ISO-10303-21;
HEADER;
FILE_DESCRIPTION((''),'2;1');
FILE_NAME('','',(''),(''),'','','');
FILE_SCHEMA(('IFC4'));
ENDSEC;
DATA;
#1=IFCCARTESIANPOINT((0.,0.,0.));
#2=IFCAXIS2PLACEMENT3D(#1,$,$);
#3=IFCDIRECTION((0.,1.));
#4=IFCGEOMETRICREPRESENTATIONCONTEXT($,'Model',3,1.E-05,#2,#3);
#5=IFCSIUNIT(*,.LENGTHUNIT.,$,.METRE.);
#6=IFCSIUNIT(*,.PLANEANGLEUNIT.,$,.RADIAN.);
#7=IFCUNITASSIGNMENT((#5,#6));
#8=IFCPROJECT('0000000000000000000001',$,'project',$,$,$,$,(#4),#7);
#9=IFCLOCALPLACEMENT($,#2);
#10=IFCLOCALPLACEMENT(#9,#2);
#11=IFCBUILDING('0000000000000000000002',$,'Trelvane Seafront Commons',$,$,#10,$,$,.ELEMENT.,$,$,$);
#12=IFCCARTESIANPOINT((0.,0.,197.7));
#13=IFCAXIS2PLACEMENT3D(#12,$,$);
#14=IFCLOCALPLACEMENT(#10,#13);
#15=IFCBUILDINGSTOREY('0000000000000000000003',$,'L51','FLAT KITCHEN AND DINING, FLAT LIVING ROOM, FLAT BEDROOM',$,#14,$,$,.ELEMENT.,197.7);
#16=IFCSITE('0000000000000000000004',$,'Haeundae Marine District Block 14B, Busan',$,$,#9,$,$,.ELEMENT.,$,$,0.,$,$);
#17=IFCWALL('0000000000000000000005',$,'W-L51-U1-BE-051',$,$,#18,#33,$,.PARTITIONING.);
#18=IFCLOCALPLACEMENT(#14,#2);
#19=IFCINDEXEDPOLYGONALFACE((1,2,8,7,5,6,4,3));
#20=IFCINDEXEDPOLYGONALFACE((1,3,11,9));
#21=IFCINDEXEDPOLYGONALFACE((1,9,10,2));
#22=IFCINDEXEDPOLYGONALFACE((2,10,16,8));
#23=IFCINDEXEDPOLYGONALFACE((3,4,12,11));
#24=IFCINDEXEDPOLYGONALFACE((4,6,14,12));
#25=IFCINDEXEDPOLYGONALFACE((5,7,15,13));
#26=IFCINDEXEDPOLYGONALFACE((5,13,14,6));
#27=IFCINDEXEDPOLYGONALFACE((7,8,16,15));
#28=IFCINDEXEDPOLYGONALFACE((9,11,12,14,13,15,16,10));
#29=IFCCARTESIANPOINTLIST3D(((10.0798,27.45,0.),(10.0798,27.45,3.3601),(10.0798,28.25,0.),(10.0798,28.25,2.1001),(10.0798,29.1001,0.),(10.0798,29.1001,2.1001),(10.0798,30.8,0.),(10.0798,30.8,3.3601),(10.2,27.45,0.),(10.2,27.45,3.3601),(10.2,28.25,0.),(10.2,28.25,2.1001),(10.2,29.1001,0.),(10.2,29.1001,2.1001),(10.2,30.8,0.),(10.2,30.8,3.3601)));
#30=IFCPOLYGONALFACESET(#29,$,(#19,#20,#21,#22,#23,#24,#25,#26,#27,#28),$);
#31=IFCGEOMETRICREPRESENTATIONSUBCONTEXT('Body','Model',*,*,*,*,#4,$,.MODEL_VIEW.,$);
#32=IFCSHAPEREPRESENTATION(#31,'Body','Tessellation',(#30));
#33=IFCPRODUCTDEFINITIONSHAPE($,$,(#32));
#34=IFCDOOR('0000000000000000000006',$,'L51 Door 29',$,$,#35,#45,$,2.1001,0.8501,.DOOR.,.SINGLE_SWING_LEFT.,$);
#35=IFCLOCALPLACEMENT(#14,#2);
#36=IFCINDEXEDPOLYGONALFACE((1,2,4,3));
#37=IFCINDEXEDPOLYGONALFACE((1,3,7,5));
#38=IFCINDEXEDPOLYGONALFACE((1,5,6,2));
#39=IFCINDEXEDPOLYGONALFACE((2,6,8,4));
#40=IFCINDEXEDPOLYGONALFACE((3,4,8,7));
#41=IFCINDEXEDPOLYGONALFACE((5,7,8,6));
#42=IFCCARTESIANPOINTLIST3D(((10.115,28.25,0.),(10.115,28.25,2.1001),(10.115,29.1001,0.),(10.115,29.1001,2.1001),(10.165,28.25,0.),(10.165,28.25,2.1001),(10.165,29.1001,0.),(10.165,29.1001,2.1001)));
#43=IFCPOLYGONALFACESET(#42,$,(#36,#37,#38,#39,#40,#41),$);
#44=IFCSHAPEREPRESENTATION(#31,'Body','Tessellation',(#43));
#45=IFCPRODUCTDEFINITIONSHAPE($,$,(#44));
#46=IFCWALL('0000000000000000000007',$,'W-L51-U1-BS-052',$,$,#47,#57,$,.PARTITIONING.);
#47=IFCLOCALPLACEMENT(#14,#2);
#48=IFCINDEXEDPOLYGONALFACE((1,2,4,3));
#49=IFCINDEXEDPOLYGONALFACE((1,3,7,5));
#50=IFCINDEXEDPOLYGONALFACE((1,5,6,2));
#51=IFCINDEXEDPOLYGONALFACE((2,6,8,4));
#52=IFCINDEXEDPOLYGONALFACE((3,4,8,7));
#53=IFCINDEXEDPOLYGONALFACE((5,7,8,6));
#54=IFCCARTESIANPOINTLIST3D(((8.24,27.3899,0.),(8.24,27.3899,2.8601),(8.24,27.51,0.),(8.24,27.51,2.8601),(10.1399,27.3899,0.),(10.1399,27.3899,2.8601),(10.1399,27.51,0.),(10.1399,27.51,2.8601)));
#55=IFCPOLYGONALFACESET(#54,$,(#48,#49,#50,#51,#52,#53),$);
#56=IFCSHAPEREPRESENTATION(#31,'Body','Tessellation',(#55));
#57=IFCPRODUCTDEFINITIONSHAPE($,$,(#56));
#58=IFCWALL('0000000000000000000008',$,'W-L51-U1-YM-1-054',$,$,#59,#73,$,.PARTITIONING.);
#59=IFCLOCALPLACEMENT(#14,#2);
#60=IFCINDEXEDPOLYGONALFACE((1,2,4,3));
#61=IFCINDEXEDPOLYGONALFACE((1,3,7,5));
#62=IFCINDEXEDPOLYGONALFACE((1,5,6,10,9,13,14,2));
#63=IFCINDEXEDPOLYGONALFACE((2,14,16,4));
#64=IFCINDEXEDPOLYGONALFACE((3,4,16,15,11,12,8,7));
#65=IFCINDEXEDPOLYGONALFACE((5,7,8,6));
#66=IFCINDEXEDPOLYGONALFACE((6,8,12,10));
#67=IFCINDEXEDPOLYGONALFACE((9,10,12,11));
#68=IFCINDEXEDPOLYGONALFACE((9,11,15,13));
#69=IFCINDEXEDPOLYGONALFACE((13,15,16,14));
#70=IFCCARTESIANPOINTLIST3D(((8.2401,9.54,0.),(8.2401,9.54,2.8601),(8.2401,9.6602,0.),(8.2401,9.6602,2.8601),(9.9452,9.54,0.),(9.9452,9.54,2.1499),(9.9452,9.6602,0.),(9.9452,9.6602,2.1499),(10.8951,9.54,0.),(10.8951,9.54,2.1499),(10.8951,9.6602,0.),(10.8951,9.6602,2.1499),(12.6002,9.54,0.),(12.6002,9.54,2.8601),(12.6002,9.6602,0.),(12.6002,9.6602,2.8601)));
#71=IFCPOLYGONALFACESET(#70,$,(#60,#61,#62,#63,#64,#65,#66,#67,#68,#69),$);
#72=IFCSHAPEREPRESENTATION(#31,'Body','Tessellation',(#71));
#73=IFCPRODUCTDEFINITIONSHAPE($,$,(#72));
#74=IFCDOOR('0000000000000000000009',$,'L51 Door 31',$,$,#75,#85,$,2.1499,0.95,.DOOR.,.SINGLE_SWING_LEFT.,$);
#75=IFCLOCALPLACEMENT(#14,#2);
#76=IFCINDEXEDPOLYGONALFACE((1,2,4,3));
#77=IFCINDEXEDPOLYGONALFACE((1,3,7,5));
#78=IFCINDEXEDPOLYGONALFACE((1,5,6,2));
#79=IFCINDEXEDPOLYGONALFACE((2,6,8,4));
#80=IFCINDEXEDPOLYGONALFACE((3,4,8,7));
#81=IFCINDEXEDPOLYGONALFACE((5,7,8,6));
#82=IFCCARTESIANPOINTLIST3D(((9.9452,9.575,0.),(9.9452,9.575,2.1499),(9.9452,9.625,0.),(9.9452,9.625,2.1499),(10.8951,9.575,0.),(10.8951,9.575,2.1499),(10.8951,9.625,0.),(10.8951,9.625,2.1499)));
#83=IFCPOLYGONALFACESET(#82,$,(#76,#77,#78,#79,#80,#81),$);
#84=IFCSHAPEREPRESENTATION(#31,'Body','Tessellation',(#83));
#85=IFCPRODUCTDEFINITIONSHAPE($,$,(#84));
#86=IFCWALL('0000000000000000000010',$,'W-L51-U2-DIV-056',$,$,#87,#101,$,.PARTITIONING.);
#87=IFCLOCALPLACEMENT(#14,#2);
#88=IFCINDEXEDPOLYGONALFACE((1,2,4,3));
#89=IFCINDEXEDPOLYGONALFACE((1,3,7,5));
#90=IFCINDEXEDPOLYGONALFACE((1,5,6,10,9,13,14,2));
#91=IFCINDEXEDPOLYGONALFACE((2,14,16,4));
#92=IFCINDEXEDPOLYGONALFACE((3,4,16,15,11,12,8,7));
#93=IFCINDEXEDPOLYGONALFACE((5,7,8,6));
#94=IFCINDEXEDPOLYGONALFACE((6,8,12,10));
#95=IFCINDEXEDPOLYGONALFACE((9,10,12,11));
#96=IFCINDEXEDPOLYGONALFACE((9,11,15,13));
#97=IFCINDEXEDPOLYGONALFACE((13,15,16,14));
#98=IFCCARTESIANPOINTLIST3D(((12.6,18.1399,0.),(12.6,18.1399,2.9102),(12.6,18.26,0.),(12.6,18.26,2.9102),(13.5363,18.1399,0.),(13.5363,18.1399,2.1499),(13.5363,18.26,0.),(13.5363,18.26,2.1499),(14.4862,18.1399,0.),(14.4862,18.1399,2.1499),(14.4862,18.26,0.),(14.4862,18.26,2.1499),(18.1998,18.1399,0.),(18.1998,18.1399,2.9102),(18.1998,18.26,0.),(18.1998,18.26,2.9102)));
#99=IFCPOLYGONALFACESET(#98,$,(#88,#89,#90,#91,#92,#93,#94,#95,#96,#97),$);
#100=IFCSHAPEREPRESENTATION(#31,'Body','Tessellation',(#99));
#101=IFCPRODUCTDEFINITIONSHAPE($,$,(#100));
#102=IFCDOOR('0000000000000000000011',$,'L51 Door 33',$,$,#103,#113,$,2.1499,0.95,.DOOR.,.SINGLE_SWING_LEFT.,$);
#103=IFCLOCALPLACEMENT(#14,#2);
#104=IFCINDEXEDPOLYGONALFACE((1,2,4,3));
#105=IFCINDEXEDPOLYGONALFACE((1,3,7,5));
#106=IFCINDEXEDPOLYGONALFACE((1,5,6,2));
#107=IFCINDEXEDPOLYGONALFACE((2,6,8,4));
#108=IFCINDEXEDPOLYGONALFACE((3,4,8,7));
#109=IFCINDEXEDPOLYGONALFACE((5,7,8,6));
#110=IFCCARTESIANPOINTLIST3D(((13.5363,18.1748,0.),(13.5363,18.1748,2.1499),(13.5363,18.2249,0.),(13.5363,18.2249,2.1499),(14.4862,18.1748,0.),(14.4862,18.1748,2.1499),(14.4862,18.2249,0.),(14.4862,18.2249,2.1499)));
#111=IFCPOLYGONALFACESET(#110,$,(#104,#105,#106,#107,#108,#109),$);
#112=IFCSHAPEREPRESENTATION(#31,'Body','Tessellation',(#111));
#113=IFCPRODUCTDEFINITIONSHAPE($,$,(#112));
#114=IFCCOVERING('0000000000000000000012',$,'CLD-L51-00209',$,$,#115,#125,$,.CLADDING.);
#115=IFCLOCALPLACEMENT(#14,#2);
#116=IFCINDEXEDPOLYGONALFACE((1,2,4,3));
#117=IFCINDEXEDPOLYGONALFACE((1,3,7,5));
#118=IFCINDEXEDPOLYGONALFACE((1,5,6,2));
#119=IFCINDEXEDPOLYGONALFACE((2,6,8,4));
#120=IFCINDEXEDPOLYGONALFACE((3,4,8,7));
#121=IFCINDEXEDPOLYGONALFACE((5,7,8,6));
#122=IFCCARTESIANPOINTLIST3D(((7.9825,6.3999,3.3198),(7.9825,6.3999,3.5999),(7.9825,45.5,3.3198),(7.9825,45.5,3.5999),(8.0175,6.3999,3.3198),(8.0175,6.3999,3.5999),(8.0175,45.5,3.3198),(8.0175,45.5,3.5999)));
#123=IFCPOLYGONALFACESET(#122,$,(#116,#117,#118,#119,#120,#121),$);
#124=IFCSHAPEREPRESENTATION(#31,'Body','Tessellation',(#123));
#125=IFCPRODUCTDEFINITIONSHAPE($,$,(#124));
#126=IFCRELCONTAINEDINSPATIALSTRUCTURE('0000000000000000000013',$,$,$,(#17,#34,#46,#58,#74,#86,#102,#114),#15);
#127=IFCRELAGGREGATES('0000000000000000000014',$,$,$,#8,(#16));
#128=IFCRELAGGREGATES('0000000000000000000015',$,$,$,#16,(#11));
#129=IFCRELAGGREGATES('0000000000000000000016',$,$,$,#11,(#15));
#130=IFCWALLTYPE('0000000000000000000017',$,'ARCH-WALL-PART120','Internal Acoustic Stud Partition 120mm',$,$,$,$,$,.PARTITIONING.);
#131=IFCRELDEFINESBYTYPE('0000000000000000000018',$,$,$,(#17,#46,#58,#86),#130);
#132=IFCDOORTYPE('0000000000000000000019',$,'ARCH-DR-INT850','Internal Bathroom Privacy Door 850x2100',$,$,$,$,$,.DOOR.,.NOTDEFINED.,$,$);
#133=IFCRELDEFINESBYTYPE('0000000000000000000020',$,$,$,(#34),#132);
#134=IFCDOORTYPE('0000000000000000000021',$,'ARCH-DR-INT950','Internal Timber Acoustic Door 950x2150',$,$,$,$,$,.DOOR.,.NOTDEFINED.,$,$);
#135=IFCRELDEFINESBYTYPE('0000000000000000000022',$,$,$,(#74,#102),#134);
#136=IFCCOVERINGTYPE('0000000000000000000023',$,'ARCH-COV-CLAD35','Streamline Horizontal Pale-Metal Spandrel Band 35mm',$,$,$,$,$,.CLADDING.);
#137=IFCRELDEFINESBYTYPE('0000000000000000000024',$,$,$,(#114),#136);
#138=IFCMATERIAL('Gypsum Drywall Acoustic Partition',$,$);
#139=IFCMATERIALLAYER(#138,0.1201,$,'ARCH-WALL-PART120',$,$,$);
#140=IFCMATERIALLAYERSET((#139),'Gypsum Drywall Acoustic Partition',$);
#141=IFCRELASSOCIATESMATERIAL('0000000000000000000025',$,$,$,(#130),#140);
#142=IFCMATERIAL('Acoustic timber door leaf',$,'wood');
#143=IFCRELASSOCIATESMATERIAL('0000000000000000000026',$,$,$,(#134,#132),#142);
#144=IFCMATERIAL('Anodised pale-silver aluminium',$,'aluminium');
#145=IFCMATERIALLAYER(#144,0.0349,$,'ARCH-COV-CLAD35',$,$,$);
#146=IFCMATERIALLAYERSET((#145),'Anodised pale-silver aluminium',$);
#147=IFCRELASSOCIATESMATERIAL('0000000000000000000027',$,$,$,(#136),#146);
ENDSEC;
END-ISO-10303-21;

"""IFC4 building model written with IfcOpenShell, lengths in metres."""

from ifc_helpers import new_model, si_unit, direction, frame, frame_2d, origin, origin_2d, place, context, subcontext, project, spatial, rectangle, extrude, source, transform, mapped, material, layer, layer_set, type_object, element, fill, save


model = new_model("IFC4")

# Units and contexts
model_context = context("Model", 3, precision=1e-05, world=origin(), true_north=direction((0.0, 1.0)))
body_context = subcontext(model_context, "Body", "Model", "MODEL_VIEW")
ifc_project = project(units=[si_unit("LENGTHUNIT", "METRE"), si_unit("PLANEANGLEUNIT", "RADIAN")], contexts=[model_context])

# Site, building, storey
site_placement = place(None, origin())
site = spatial("IfcSite", under=ifc_project, at=site_placement, Name="Haeundae Marine District Block 14B, Busan", CompositionType="ELEMENT", RefElevation=0.0)
building_placement = place(site_placement, origin())
building = spatial("IfcBuilding", under=site, at=building_placement, Name="Trelvane Seafront Commons", CompositionType="ELEMENT")
storey_placement = place(building_placement, frame((0.0, 0.0, 197.7)))
storey = spatial("IfcBuildingStorey", under=building, at=storey_placement, Name="L51", Description="FLAT KITCHEN AND DINING, FLAT LIVING ROOM, FLAT BEDROOM", CompositionType="ELEMENT", Elevation=197.7)

# Wall, opening, door
ifc_material_1 = material(Name="Gypsum Drywall Acoustic Partition")
ifc_layer_1 = layer(ifc_material_1, 0.1201, Name="ARCH-WALL-PART120")
ifc_layer_set_1 = layer_set([ifc_layer_1], Name="Gypsum Drywall Acoustic Partition")
wall_type_1 = type_object("IfcWallType", Name="ARCH-WALL-PART120", Description="Internal Acoustic Stud Partition 120mm", PredefinedType="PARTITIONING", material=ifc_layer_set_1)
ifc_material_2 = material(Name="Acoustic timber door leaf", Category="wood")
door_type_1 = type_object("IfcDoorType", Name="ARCH-DR-INT950", Description="Internal Timber Acoustic Door 950x2150", OperationType="NOTDEFINED", PredefinedType="DOOR", material=ifc_material_2)
shared_shape_1 = source(origin(), body_context, "Body", "SweptSolid", [
    extrude(rectangle(XDim=0.95, YDim=2.1499, at=frame_2d((0.4751, 1.075))), frame((0.0, 0.0249, 0.0), z_axis=(0.0, -1.0, 0.0), x_axis=(1.0, 0.0, 0.0)), (0.0, 0.0, 1.0), 0.05),
])
wall_1_placement = place(storey_placement, frame((10.1399, 27.45, 0.0), z_axis=(0.0, 0.0, 1.0), x_axis=(0.0, 1.0, 0.0)))
wall_1 = element("IfcWall", 1, at=wall_1_placement, inside=storey, type_object=wall_type_1, Name="W-L51-U1-BE-051", PredefinedType="PARTITIONING", context=body_context, shape_type="SweptSolid", body=[
    extrude(rectangle(XDim=3.3501, YDim=0.1201, at=frame_2d((1.675, 0.0))), origin(), (0.0, 0.0, 1.0), 3.3601),
])
opening_1_placement = place(wall_1_placement, frame((0.8, 0.0, 0.0)))
opening_1 = element("IfcOpeningElement", 2, at=opening_1_placement, cuts=wall_1, PredefinedType="OPENING", context=body_context, shape_type="SweptSolid", body=[
    extrude(rectangle(XDim=0.8501, YDim=2.1001, at=frame_2d((0.425, 1.05))), frame((0.0, 0.0701, 0.0), z_axis=(0.0, -1.0, 0.0), x_axis=(1.0, 0.0, 0.0)), (0.0, 0.0, 1.0), 0.1401),
])
door_type_2 = type_object("IfcDoorType", Name="ARCH-DR-INT850", Description="Internal Bathroom Privacy Door 850x2100", OperationType="NOTDEFINED", PredefinedType="DOOR", material=ifc_material_2)
shared_shape_2 = source(origin(), body_context, "Body", "SweptSolid", [
    extrude(rectangle(XDim=0.8501, YDim=2.1001, at=frame_2d((0.425, 1.05))), frame((0.0, 0.0249, 0.0), z_axis=(0.0, -1.0, 0.0), x_axis=(1.0, 0.0, 0.0)), (0.0, 0.0, 1.0), 0.05),
])
door_1_placement = place(opening_1_placement, origin())
door_1 = element("IfcDoor", 3, at=door_1_placement, inside=storey, type_object=door_type_2, Name="L51 Door 29", OperationType="SINGLE_SWING_LEFT", OverallHeight=2.1001, OverallWidth=0.8501, PredefinedType="DOOR", context=body_context, shape_type="MappedRepresentation", body=[
    mapped(shared_shape_2, transform((0.0, 0.0, 0.0), x_axis=(1.0, 0.0, 0.0), y_axis=(0.0, 1.0, 0.0), z_axis=(0.0, 0.0, 1.0), scale=1.0)),
])
fill(opening_1, door_1)

# Wall
wall_2_placement = place(storey_placement, frame((8.24, 27.45, 0.0), z_axis=(0.0, 0.0, 1.0), x_axis=(1.0, 0.0, 0.0)))
element("IfcWall", 4, at=wall_2_placement, inside=storey, type_object=wall_type_1, Name="W-L51-U1-BS-052", PredefinedType="PARTITIONING", context=body_context, shape_type="SweptSolid", body=[
    extrude(rectangle(XDim=1.8999, YDim=0.1201, at=frame_2d((0.95, 0.0))), origin(), (0.0, 0.0, 1.0), 2.8601),
])

# Walls, openings, doors
wall_3_placement = place(storey_placement, frame((8.24, 9.6001, 0.0), z_axis=(0.0, 0.0, 1.0), x_axis=(1.0, 0.0, 0.0)))
wall_3 = element("IfcWall", 5, at=wall_3_placement, inside=storey, type_object=wall_type_1, Name="W-L51-U1-YM-1-054", PredefinedType="PARTITIONING", context=body_context, shape_type="SweptSolid", body=[
    extrude(rectangle(XDim=4.3601, YDim=0.1201, at=frame_2d((2.1802, 0.0))), origin(), (0.0, 0.0, 1.0), 2.8601),
])
opening_2_placement = place(wall_3_placement, frame((1.7051, 0.0, 0.0)))
opening_2 = element("IfcOpeningElement", 6, at=opening_2_placement, cuts=wall_3, PredefinedType="OPENING", context=body_context, shape_type="SweptSolid", body=[
    extrude(rectangle(XDim=0.95, YDim=2.1499, at=frame_2d((0.4751, 1.075))), frame((0.0, 0.0701, 0.0), z_axis=(0.0, -1.0, 0.0), x_axis=(1.0, 0.0, 0.0)), (0.0, 0.0, 1.0), 0.1401),
])
door_2_placement = place(opening_2_placement, origin())
door_2 = element("IfcDoor", 7, at=door_2_placement, inside=storey, type_object=door_type_1, Name="L51 Door 31", OperationType="SINGLE_SWING_LEFT", OverallHeight=2.1499, OverallWidth=0.95, PredefinedType="DOOR", context=body_context, shape_type="MappedRepresentation", body=[
    mapped(shared_shape_1, transform((0.0, 0.0, 0.0), x_axis=(1.0, 0.0, 0.0), y_axis=(0.0, 1.0, 0.0), z_axis=(0.0, 0.0, 1.0), scale=1.0)),
])
fill(opening_2, door_2)
wall_4_placement = place(storey_placement, frame((12.6001, 18.2, 0.0), z_axis=(0.0, 0.0, 1.0), x_axis=(1.0, 0.0, 0.0)))
wall_4 = element("IfcWall", 8, at=wall_4_placement, inside=storey, type_object=wall_type_1, Name="W-L51-U2-DIV-056", PredefinedType="PARTITIONING", context=body_context, shape_type="SweptSolid", body=[
    extrude(rectangle(XDim=5.5999, YDim=0.1201, at=frame_2d((2.7998, 0.0))), origin(), (0.0, 0.0, 1.0), 2.9102),
])
opening_3_placement = place(wall_4_placement, frame((0.936, 0.0, 0.0)))
opening_3 = element("IfcOpeningElement", 9, at=opening_3_placement, cuts=wall_4, PredefinedType="OPENING", context=body_context, shape_type="SweptSolid", body=[
    extrude(rectangle(XDim=0.95, YDim=2.1499, at=frame_2d((0.4751, 1.075))), frame((0.0, 0.0701, 0.0), z_axis=(0.0, -1.0, 0.0), x_axis=(1.0, 0.0, 0.0)), (0.0, 0.0, 1.0), 0.1401),
])
door_3_placement = place(opening_3_placement, origin())
door_3 = element("IfcDoor", 10, at=door_3_placement, inside=storey, type_object=door_type_1, Name="L51 Door 33", OperationType="SINGLE_SWING_LEFT", OverallHeight=2.1499, OverallWidth=0.95, PredefinedType="DOOR", context=body_context, shape_type="MappedRepresentation", body=[
    mapped(shared_shape_1, transform((0.0, 0.0, 0.0), x_axis=(1.0, 0.0, 0.0), y_axis=(0.0, 1.0, 0.0), z_axis=(0.0, 0.0, 1.0), scale=1.0)),
])
fill(opening_3, door_3)

# Covering
ifc_material_3 = material(Name="Anodised pale-silver aluminium", Category="aluminium")
ifc_layer_2 = layer(ifc_material_3, 0.0349, Name="ARCH-COV-CLAD35")
ifc_layer_set_2 = layer_set([ifc_layer_2], Name="Anodised pale-silver aluminium")
covering_type = type_object("IfcCoveringType", Name="ARCH-COV-CLAD35", Description="Streamline Horizontal Pale-Metal Spandrel Band 35mm", PredefinedType="CLADDING", material=ifc_layer_set_2)
shared_shape_3 = source(origin(), body_context, "Body", "SweptSolid", [
    extrude(rectangle(XDim=39.1001, YDim=0.0349, at=origin_2d()), origin(), (0.0, 0.0, 1.0), 0.28),
])
covering_placement = place(storey_placement, frame((8.0, 25.95, 3.3198), z_axis=(0.0, 0.0, 1.0), x_axis=(0.0, 1.0, 0.0)))
element("IfcCovering", 11, at=covering_placement, inside=storey, type_object=covering_type, Name="CLD-L51-00209", PredefinedType="CLADDING", context=body_context, shape_type="MappedRepresentation", body=[
    mapped(shared_shape_3, transform((0.0, 0.0, 0.0), x_axis=(1.0, 0.0, 0.0), y_axis=(0.0, 1.0, 0.0), z_axis=(0.0, 0.0, 1.0), scale=1.0)),
])

save(model, "model.ifc")
